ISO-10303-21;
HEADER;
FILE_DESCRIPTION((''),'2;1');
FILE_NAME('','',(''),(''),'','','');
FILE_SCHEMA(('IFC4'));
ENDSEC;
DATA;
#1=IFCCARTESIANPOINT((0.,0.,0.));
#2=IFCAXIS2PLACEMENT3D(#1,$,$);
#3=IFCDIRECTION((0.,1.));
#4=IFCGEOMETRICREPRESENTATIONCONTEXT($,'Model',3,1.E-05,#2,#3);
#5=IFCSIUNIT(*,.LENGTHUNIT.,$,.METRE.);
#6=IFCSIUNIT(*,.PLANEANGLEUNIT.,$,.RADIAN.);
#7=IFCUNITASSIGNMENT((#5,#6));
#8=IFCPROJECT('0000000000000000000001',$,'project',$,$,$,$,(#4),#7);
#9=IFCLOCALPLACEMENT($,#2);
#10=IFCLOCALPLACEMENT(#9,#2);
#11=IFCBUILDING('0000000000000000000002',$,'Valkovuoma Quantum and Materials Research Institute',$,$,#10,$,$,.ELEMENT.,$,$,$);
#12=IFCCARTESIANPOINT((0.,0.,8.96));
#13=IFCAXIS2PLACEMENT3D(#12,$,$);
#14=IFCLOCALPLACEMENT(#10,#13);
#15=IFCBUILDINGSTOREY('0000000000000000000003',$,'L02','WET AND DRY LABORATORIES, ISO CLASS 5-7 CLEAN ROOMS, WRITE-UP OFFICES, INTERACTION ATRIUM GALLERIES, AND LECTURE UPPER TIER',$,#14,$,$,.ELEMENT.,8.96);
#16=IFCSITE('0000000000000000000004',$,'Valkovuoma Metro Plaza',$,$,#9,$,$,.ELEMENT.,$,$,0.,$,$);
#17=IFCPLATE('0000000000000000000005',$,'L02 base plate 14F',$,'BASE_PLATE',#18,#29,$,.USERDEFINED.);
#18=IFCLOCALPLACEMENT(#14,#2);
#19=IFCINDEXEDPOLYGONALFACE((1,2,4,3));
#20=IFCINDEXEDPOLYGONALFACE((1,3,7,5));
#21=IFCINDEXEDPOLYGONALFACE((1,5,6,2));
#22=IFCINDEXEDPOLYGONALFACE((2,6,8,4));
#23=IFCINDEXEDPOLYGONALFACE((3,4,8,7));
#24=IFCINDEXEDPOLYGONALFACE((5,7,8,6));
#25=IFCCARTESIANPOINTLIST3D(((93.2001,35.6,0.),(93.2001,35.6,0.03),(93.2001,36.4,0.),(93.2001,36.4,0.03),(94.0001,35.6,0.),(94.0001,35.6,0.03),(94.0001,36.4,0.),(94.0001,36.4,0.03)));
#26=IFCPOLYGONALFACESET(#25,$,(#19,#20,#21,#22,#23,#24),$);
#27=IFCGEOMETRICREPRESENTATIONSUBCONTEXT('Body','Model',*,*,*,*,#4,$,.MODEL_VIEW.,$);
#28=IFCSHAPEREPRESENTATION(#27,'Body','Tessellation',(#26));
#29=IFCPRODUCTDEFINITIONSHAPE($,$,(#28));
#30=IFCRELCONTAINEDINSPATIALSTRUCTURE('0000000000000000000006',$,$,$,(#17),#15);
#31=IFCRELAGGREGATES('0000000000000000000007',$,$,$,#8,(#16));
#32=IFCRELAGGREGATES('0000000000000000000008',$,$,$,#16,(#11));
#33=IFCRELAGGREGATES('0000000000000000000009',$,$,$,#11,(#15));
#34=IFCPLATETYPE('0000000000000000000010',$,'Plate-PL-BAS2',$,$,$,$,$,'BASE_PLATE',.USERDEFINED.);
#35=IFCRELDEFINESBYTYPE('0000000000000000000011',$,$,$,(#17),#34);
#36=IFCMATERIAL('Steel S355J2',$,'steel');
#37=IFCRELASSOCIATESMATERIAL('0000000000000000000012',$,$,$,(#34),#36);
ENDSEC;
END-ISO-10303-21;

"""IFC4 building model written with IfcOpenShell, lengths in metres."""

from ifc_helpers import new_model, si_unit, direction, frame, origin, origin_2d, place, context, subcontext, project, spatial, rectangle, extrude, material, type_object, element, save


model = new_model("IFC4")

# Units and contexts
model_context = context("Model", 3, precision=1e-05, world=origin(), true_north=direction((0.0, 1.0)))
body_context = subcontext(model_context, "Body", "Model", "MODEL_VIEW")
ifc_project = project(units=[si_unit("LENGTHUNIT", "METRE"), si_unit("PLANEANGLEUNIT", "RADIAN")], contexts=[model_context])

# Site, building, storey
site_placement = place(None, origin())
site = spatial("IfcSite", under=ifc_project, at=site_placement, Name="Valkovuoma Metro Plaza", CompositionType="ELEMENT", RefElevation=0.0)
building_placement = place(site_placement, origin())
building = spatial("IfcBuilding", under=site, at=building_placement, Name="Valkovuoma Quantum and Materials Research Institute", CompositionType="ELEMENT")
storey_placement = place(building_placement, frame((0.0, 0.0, 8.96)))
storey = spatial("IfcBuildingStorey", under=building, at=storey_placement, Name="L02", Description="WET AND DRY LABORATORIES, ISO CLASS 5-7 CLEAN ROOMS, WRITE-UP OFFICES, INTERACTION ATRIUM GALLERIES, AND LECTURE UPPER TIER", CompositionType="ELEMENT", Elevation=8.96)

# Plate
ifc_material_1 = material(Name="Steel S355J2", Category="steel")
plate_type_1 = type_object("IfcPlateType", Name="Plate-PL-BAS2", ElementType="BASE_PLATE", PredefinedType="USERDEFINED", material=ifc_material_1)
plate_1_placement = place(storey_placement, frame((93.6001, 36.0, 0.0), z_axis=(0.0, 0.0, 1.0), x_axis=(1.0, 0.0, 0.0)))
element("IfcPlate", 1, at=plate_1_placement, inside=storey, type_object=plate_type_1, Name="L02 base plate 14F", ObjectType="BASE_PLATE", PredefinedType="USERDEFINED", context=body_context, shape_type="SweptSolid", body=[
    extrude(rectangle(XDim=0.8, YDim=0.8, at=origin_2d()), origin(), (0.0, 0.0, 1.0), 0.03),
])

save(model, "model.ifc")
